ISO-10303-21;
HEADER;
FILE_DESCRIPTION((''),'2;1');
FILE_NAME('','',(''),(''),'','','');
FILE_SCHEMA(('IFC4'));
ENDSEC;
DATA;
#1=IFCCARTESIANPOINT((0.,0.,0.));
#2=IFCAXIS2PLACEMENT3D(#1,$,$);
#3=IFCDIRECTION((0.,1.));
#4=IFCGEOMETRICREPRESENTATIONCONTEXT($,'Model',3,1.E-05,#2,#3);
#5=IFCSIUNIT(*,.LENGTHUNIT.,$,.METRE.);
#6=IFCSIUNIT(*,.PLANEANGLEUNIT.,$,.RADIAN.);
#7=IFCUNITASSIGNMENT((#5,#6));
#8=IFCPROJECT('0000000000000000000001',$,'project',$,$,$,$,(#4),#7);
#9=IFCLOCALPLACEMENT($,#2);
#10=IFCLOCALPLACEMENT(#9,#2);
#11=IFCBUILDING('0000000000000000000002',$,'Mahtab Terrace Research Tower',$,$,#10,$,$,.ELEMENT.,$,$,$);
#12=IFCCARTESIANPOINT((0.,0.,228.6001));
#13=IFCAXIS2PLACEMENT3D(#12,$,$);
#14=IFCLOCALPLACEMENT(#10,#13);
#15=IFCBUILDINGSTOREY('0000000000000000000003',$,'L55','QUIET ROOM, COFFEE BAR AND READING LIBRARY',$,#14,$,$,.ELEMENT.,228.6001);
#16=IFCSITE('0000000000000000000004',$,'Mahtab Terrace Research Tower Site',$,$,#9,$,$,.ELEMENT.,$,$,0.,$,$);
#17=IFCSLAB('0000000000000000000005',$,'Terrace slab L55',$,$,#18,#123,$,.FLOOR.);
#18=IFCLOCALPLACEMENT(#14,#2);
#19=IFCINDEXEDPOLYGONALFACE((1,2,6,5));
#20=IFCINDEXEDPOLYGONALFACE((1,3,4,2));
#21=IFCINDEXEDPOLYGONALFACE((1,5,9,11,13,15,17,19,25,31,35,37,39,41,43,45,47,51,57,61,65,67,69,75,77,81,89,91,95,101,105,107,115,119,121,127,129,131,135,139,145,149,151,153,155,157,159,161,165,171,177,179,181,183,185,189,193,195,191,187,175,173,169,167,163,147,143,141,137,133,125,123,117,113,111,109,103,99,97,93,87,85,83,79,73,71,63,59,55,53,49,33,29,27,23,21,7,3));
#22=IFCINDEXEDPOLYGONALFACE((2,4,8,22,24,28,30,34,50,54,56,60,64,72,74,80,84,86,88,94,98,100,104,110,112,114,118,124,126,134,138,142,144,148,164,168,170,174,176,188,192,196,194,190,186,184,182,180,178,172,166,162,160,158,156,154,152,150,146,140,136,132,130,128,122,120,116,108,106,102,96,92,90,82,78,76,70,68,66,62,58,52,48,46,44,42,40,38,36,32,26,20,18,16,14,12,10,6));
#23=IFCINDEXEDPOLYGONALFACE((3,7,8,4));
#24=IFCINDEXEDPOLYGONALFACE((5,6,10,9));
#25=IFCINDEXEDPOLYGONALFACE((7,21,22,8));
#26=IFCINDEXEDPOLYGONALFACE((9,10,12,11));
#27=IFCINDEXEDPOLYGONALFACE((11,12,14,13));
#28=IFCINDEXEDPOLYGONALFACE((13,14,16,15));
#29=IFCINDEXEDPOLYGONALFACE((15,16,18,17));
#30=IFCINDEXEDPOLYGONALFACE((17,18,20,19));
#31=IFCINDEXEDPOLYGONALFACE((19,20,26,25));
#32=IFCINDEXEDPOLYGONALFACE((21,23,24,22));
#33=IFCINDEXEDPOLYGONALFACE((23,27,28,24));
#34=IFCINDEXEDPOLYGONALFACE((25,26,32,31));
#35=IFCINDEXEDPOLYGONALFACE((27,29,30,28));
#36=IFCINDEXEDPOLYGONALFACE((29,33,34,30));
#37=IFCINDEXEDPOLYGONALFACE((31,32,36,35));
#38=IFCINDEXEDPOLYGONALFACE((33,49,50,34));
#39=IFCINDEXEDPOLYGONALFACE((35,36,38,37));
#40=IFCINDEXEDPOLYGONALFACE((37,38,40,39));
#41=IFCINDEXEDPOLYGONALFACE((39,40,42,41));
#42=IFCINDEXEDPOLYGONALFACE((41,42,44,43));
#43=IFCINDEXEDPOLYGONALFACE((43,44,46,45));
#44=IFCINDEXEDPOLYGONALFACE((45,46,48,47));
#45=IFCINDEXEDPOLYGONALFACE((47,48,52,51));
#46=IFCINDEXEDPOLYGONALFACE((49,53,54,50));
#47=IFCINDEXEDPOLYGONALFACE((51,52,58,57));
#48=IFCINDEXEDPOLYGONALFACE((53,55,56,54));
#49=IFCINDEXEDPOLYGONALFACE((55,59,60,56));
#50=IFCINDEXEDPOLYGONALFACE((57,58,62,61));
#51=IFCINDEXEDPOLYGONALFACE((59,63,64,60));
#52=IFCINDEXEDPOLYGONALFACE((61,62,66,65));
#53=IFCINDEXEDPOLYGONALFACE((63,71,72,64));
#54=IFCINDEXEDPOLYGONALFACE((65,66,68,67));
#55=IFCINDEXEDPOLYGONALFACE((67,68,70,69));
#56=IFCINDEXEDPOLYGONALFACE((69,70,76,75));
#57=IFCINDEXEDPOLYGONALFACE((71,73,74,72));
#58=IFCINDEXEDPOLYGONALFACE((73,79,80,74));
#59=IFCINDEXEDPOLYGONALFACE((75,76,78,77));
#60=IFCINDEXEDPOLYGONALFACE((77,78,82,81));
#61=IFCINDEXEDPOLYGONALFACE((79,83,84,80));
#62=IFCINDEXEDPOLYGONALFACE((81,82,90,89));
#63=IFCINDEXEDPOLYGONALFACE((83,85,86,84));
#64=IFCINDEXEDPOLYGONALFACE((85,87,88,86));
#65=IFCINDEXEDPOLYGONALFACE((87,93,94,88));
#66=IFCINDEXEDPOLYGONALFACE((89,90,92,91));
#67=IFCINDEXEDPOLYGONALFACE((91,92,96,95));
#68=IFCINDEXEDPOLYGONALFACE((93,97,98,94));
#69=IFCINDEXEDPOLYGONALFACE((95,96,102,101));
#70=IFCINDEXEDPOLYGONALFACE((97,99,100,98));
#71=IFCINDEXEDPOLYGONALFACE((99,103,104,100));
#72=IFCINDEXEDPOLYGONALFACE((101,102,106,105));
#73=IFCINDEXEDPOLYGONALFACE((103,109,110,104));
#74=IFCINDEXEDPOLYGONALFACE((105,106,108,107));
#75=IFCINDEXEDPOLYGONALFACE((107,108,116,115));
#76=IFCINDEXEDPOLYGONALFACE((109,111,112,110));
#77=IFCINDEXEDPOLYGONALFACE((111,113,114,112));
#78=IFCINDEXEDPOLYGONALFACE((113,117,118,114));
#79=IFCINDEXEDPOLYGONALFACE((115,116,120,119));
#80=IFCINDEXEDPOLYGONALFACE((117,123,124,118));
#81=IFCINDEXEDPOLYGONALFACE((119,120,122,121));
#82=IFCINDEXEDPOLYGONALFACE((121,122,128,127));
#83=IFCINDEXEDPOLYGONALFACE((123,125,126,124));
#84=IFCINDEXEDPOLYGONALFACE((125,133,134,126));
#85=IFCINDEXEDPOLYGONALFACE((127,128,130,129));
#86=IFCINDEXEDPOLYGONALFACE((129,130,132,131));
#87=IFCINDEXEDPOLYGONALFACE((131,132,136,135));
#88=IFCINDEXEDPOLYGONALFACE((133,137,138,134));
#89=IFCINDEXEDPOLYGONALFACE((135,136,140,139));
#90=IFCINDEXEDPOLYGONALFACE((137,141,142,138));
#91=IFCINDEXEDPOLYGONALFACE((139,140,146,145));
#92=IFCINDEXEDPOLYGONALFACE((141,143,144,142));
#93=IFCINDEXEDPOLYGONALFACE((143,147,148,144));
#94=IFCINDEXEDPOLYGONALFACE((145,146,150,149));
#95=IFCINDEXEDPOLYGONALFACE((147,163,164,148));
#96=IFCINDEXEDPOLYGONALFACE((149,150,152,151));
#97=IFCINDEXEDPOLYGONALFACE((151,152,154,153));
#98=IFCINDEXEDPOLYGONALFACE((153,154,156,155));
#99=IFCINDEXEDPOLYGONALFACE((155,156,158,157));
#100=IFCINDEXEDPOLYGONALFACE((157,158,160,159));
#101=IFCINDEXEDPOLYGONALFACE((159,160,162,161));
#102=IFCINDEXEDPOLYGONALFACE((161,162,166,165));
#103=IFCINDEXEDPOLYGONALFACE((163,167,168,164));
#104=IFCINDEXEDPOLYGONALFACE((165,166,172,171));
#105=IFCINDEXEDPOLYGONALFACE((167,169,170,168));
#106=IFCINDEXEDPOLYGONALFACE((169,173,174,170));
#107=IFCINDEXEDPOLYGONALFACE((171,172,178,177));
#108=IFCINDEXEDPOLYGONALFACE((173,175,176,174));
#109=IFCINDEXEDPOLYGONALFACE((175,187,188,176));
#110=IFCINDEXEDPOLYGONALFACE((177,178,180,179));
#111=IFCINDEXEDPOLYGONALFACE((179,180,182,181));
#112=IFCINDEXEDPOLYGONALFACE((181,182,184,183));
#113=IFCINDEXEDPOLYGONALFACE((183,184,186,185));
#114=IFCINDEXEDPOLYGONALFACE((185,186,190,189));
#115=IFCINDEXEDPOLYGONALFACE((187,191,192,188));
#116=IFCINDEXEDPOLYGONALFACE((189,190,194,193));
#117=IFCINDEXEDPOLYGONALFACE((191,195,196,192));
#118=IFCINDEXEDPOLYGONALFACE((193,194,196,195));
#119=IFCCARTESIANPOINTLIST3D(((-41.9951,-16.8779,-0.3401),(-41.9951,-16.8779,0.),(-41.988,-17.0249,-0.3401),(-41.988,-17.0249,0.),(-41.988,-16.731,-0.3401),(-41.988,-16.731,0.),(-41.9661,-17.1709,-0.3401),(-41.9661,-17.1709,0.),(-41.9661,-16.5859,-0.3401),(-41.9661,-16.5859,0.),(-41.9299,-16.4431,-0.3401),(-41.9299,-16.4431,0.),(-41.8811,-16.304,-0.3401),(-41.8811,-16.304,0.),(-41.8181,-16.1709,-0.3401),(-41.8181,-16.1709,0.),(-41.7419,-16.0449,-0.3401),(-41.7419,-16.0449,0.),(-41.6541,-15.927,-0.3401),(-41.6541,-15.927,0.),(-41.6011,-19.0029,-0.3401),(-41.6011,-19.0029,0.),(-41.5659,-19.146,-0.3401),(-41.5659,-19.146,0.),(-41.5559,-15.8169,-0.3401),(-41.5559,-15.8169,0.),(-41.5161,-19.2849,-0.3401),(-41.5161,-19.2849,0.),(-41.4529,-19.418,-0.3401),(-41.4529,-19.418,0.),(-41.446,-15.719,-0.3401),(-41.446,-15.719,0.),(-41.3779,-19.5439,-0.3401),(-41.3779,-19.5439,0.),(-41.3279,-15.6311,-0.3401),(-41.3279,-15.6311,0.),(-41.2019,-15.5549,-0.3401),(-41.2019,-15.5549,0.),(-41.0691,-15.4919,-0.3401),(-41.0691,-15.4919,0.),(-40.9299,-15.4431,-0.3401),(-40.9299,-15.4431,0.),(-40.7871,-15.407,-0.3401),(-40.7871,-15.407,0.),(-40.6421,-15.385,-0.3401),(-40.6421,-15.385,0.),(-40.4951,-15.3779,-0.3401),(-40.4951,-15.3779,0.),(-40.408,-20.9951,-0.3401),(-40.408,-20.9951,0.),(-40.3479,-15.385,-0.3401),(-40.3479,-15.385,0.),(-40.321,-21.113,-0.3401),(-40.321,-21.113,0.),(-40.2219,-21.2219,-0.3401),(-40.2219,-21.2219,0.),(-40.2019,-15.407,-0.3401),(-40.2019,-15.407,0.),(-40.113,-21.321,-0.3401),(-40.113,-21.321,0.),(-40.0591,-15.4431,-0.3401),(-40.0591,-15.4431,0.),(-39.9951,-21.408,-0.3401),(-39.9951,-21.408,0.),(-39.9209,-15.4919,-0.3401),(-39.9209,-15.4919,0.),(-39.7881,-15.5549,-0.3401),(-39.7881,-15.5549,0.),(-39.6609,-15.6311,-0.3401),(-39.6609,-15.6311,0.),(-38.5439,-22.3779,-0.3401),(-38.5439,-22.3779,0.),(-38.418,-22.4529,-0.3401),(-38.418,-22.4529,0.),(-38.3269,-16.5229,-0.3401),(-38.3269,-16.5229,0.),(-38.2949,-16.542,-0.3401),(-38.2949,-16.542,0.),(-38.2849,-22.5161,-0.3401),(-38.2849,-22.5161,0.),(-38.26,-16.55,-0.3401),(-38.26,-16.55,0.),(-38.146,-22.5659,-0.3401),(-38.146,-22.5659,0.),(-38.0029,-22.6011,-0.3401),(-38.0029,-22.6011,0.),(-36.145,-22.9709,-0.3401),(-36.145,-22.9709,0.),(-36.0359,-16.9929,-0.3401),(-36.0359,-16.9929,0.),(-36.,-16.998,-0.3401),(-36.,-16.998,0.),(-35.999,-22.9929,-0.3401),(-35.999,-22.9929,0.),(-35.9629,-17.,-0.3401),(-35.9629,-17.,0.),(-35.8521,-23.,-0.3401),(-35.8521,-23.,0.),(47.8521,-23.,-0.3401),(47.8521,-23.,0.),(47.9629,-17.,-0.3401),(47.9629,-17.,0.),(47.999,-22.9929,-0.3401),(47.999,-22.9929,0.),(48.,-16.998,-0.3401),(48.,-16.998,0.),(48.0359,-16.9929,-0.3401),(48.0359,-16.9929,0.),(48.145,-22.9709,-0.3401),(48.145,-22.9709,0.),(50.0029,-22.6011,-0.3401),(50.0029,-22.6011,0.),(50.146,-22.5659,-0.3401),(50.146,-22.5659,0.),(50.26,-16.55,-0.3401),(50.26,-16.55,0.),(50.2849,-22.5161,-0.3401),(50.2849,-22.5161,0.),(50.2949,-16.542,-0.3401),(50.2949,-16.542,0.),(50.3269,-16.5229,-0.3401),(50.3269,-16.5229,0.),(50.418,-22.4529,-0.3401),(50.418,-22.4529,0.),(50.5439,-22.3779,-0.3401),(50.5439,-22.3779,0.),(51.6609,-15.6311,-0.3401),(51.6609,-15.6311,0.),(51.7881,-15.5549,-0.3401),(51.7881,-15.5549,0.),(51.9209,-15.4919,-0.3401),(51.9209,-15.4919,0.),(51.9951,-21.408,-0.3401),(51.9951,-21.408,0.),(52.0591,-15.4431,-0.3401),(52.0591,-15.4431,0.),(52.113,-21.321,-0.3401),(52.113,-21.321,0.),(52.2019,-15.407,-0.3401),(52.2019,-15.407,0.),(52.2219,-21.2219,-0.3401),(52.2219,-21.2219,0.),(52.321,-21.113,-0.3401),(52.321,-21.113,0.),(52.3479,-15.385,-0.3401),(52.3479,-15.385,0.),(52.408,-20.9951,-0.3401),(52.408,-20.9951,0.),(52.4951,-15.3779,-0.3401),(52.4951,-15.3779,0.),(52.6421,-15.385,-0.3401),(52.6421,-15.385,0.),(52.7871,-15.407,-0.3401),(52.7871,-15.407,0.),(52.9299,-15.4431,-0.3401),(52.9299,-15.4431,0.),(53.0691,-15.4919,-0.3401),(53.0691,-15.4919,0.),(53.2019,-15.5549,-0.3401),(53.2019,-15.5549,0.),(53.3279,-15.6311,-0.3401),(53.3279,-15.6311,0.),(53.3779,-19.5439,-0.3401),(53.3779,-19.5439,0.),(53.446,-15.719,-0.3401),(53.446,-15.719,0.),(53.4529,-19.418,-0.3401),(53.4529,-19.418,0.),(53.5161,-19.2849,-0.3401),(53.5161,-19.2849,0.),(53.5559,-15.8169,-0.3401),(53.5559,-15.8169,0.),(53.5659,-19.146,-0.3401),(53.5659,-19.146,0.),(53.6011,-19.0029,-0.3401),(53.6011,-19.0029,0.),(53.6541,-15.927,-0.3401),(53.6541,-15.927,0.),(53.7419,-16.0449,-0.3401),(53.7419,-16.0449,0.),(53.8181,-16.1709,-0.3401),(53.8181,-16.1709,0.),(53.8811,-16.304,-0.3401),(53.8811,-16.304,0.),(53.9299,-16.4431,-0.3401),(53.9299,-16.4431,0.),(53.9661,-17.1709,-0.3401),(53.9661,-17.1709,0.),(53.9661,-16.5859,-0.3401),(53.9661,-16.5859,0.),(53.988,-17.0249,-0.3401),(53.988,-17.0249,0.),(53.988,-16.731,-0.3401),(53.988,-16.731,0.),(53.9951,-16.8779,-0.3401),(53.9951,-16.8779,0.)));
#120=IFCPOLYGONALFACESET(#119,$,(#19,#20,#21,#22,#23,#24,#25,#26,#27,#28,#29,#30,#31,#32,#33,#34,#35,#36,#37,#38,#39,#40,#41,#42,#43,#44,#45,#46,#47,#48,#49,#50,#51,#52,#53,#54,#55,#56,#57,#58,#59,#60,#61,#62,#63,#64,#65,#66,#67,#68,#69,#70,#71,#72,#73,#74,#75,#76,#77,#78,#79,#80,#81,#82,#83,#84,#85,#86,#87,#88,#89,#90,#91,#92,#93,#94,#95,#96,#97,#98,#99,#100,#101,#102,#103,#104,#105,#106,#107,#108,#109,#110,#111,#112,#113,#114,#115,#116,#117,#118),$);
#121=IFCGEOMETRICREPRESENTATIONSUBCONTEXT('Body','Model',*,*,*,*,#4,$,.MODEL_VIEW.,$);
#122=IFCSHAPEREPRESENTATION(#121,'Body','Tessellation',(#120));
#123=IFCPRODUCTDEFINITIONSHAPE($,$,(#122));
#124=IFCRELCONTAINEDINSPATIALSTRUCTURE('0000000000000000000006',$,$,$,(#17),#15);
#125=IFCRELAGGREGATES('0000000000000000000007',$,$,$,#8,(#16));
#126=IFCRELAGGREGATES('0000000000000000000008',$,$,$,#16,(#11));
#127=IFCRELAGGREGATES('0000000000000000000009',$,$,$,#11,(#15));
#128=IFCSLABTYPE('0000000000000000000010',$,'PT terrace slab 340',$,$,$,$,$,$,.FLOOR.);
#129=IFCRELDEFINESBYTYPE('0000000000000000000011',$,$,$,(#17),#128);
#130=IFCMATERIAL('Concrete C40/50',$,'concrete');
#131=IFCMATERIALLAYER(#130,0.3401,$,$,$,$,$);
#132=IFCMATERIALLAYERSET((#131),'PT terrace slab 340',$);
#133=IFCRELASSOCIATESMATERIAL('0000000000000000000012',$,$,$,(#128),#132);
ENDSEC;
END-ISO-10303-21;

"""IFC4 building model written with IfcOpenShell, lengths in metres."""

from ifc_helpers import new_model, si_unit, direction, frame, origin, place, context, subcontext, project, spatial, polyline, outline, extrude, material, layer, layer_set, type_object, element, save


model = new_model("IFC4")

# Units and contexts
model_context = context("Model", 3, precision=1e-05, world=origin(), true_north=direction((0.0, 1.0)))
body_context = subcontext(model_context, "Body", "Model", "MODEL_VIEW")
ifc_project = project(units=[si_unit("LENGTHUNIT", "METRE"), si_unit("PLANEANGLEUNIT", "RADIAN")], contexts=[model_context])

# Site, building, storey
site_placement = place(None, origin())
site = spatial("IfcSite", under=ifc_project, at=site_placement, Name="Mahtab Terrace Research Tower Site", CompositionType="ELEMENT", RefElevation=0.0)
building_placement = place(site_placement, origin())
building = spatial("IfcBuilding", under=site, at=building_placement, Name="Mahtab Terrace Research Tower", CompositionType="ELEMENT")
storey_placement = place(building_placement, frame((0.0, 0.0, 228.6001)))
storey = spatial("IfcBuildingStorey", under=building, at=storey_placement, Name="L55", Description="QUIET ROOM, COFFEE BAR AND READING LIBRARY", CompositionType="ELEMENT", Elevation=228.6001)

# Slab
ifc_material_1 = material(Name="Concrete C40/50", Category="concrete")
ifc_layer_1 = layer(ifc_material_1, 0.3401)
ifc_layer_set_1 = layer_set([ifc_layer_1], Name="PT terrace slab 340")
slab_type_1 = type_object("IfcSlabType", Name="PT terrace slab 340", PredefinedType="FLOOR", material=ifc_layer_set_1)
slab_1_placement = place(storey_placement, frame((0.0, 0.0, -0.3401)))
element("IfcSlab", 1, at=slab_1_placement, inside=storey, type_object=slab_type_1, Name="Terrace slab L55", PredefinedType="FLOOR", context=body_context, shape_type="SweptSolid", body=[
    extrude(outline(polyline([(-41.6011, -19.0029), (-41.5659, -19.146), (-41.5161, -19.2849), (-41.4529, -19.418), (-41.3779, -19.5439), (-40.408, -20.9951), (-40.321, -21.113), (-40.2219, -21.2219), (-40.113, -21.321), (-39.9951, -21.408), (-38.5439, -22.3779), (-38.418, -22.4529), (-38.2849, -22.5161), (-38.146, -22.5659), (-38.0029, -22.6011), (-36.145, -22.9709), (-35.999, -22.9929), (-35.8521, -23.0), (47.8521, -23.0), (47.999, -22.9929), (48.145, -22.9709), (50.0029, -22.6011), (50.146, -22.5659), (50.2849, -22.5161), (50.418, -22.4529), (50.5439, -22.3779), (51.9951, -21.408), (52.113, -21.321), (52.2219, -21.2219), (52.321, -21.113), (52.408, -20.9951), (53.3779, -19.5439), (53.4529, -19.418), (53.5161, -19.2849), (53.5659, -19.146), (53.6011, -19.0029), (53.9661, -17.1709), (53.988, -17.0249), (53.9951, -16.8779), (53.988, -16.731), (53.9661, -16.5859), (53.9299, -16.4431), (53.8811, -16.304), (53.8181, -16.1709), (53.7419, -16.0449), (53.6541, -15.927), (53.5559, -15.8169), (53.446, -15.719), (53.3279, -15.6311), (53.2019, -15.5549), (53.0691, -15.4919), (52.9299, -15.4431), (52.7871, -15.407), (52.6421, -15.385), (52.4951, -15.3779), (52.3479, -15.385), (52.2019, -15.407), (52.0591, -15.4431), (51.9209, -15.4919), (51.7881, -15.5549), (51.6609, -15.6311), (50.3269, -16.5229), (50.2949, -16.542), (50.26, -16.55), (48.0359, -16.9929), (48.0, -16.998), (47.9629, -17.0), (-35.9629, -17.0), (-36.0, -16.998), (-36.0359, -16.9929), (-38.26, -16.55), (-38.2949, -16.542), (-38.3269, -16.5229), (-39.6609, -15.6311), (-39.7881, -15.5549), (-39.9209, -15.4919), (-40.0591, -15.4431), (-40.2019, -15.407), (-40.3479, -15.385), (-40.4951, -15.3779), (-40.6421, -15.385), (-40.7871, -15.407), (-40.9299, -15.4431), (-41.0691, -15.4919), (-41.2019, -15.5549), (-41.3279, -15.6311), (-41.446, -15.719), (-41.5559, -15.8169), (-41.6541, -15.927), (-41.7419, -16.0449), (-41.8181, -16.1709), (-41.8811, -16.304), (-41.9299, -16.4431), (-41.9661, -16.5859), (-41.988, -16.731), (-41.9951, -16.8779), (-41.988, -17.0249), (-41.9661, -17.1709), (-41.6011, -19.0029)])), origin(), (0.0, 0.0, 1.0), 0.3401),
])

save(model, "model.ifc")
